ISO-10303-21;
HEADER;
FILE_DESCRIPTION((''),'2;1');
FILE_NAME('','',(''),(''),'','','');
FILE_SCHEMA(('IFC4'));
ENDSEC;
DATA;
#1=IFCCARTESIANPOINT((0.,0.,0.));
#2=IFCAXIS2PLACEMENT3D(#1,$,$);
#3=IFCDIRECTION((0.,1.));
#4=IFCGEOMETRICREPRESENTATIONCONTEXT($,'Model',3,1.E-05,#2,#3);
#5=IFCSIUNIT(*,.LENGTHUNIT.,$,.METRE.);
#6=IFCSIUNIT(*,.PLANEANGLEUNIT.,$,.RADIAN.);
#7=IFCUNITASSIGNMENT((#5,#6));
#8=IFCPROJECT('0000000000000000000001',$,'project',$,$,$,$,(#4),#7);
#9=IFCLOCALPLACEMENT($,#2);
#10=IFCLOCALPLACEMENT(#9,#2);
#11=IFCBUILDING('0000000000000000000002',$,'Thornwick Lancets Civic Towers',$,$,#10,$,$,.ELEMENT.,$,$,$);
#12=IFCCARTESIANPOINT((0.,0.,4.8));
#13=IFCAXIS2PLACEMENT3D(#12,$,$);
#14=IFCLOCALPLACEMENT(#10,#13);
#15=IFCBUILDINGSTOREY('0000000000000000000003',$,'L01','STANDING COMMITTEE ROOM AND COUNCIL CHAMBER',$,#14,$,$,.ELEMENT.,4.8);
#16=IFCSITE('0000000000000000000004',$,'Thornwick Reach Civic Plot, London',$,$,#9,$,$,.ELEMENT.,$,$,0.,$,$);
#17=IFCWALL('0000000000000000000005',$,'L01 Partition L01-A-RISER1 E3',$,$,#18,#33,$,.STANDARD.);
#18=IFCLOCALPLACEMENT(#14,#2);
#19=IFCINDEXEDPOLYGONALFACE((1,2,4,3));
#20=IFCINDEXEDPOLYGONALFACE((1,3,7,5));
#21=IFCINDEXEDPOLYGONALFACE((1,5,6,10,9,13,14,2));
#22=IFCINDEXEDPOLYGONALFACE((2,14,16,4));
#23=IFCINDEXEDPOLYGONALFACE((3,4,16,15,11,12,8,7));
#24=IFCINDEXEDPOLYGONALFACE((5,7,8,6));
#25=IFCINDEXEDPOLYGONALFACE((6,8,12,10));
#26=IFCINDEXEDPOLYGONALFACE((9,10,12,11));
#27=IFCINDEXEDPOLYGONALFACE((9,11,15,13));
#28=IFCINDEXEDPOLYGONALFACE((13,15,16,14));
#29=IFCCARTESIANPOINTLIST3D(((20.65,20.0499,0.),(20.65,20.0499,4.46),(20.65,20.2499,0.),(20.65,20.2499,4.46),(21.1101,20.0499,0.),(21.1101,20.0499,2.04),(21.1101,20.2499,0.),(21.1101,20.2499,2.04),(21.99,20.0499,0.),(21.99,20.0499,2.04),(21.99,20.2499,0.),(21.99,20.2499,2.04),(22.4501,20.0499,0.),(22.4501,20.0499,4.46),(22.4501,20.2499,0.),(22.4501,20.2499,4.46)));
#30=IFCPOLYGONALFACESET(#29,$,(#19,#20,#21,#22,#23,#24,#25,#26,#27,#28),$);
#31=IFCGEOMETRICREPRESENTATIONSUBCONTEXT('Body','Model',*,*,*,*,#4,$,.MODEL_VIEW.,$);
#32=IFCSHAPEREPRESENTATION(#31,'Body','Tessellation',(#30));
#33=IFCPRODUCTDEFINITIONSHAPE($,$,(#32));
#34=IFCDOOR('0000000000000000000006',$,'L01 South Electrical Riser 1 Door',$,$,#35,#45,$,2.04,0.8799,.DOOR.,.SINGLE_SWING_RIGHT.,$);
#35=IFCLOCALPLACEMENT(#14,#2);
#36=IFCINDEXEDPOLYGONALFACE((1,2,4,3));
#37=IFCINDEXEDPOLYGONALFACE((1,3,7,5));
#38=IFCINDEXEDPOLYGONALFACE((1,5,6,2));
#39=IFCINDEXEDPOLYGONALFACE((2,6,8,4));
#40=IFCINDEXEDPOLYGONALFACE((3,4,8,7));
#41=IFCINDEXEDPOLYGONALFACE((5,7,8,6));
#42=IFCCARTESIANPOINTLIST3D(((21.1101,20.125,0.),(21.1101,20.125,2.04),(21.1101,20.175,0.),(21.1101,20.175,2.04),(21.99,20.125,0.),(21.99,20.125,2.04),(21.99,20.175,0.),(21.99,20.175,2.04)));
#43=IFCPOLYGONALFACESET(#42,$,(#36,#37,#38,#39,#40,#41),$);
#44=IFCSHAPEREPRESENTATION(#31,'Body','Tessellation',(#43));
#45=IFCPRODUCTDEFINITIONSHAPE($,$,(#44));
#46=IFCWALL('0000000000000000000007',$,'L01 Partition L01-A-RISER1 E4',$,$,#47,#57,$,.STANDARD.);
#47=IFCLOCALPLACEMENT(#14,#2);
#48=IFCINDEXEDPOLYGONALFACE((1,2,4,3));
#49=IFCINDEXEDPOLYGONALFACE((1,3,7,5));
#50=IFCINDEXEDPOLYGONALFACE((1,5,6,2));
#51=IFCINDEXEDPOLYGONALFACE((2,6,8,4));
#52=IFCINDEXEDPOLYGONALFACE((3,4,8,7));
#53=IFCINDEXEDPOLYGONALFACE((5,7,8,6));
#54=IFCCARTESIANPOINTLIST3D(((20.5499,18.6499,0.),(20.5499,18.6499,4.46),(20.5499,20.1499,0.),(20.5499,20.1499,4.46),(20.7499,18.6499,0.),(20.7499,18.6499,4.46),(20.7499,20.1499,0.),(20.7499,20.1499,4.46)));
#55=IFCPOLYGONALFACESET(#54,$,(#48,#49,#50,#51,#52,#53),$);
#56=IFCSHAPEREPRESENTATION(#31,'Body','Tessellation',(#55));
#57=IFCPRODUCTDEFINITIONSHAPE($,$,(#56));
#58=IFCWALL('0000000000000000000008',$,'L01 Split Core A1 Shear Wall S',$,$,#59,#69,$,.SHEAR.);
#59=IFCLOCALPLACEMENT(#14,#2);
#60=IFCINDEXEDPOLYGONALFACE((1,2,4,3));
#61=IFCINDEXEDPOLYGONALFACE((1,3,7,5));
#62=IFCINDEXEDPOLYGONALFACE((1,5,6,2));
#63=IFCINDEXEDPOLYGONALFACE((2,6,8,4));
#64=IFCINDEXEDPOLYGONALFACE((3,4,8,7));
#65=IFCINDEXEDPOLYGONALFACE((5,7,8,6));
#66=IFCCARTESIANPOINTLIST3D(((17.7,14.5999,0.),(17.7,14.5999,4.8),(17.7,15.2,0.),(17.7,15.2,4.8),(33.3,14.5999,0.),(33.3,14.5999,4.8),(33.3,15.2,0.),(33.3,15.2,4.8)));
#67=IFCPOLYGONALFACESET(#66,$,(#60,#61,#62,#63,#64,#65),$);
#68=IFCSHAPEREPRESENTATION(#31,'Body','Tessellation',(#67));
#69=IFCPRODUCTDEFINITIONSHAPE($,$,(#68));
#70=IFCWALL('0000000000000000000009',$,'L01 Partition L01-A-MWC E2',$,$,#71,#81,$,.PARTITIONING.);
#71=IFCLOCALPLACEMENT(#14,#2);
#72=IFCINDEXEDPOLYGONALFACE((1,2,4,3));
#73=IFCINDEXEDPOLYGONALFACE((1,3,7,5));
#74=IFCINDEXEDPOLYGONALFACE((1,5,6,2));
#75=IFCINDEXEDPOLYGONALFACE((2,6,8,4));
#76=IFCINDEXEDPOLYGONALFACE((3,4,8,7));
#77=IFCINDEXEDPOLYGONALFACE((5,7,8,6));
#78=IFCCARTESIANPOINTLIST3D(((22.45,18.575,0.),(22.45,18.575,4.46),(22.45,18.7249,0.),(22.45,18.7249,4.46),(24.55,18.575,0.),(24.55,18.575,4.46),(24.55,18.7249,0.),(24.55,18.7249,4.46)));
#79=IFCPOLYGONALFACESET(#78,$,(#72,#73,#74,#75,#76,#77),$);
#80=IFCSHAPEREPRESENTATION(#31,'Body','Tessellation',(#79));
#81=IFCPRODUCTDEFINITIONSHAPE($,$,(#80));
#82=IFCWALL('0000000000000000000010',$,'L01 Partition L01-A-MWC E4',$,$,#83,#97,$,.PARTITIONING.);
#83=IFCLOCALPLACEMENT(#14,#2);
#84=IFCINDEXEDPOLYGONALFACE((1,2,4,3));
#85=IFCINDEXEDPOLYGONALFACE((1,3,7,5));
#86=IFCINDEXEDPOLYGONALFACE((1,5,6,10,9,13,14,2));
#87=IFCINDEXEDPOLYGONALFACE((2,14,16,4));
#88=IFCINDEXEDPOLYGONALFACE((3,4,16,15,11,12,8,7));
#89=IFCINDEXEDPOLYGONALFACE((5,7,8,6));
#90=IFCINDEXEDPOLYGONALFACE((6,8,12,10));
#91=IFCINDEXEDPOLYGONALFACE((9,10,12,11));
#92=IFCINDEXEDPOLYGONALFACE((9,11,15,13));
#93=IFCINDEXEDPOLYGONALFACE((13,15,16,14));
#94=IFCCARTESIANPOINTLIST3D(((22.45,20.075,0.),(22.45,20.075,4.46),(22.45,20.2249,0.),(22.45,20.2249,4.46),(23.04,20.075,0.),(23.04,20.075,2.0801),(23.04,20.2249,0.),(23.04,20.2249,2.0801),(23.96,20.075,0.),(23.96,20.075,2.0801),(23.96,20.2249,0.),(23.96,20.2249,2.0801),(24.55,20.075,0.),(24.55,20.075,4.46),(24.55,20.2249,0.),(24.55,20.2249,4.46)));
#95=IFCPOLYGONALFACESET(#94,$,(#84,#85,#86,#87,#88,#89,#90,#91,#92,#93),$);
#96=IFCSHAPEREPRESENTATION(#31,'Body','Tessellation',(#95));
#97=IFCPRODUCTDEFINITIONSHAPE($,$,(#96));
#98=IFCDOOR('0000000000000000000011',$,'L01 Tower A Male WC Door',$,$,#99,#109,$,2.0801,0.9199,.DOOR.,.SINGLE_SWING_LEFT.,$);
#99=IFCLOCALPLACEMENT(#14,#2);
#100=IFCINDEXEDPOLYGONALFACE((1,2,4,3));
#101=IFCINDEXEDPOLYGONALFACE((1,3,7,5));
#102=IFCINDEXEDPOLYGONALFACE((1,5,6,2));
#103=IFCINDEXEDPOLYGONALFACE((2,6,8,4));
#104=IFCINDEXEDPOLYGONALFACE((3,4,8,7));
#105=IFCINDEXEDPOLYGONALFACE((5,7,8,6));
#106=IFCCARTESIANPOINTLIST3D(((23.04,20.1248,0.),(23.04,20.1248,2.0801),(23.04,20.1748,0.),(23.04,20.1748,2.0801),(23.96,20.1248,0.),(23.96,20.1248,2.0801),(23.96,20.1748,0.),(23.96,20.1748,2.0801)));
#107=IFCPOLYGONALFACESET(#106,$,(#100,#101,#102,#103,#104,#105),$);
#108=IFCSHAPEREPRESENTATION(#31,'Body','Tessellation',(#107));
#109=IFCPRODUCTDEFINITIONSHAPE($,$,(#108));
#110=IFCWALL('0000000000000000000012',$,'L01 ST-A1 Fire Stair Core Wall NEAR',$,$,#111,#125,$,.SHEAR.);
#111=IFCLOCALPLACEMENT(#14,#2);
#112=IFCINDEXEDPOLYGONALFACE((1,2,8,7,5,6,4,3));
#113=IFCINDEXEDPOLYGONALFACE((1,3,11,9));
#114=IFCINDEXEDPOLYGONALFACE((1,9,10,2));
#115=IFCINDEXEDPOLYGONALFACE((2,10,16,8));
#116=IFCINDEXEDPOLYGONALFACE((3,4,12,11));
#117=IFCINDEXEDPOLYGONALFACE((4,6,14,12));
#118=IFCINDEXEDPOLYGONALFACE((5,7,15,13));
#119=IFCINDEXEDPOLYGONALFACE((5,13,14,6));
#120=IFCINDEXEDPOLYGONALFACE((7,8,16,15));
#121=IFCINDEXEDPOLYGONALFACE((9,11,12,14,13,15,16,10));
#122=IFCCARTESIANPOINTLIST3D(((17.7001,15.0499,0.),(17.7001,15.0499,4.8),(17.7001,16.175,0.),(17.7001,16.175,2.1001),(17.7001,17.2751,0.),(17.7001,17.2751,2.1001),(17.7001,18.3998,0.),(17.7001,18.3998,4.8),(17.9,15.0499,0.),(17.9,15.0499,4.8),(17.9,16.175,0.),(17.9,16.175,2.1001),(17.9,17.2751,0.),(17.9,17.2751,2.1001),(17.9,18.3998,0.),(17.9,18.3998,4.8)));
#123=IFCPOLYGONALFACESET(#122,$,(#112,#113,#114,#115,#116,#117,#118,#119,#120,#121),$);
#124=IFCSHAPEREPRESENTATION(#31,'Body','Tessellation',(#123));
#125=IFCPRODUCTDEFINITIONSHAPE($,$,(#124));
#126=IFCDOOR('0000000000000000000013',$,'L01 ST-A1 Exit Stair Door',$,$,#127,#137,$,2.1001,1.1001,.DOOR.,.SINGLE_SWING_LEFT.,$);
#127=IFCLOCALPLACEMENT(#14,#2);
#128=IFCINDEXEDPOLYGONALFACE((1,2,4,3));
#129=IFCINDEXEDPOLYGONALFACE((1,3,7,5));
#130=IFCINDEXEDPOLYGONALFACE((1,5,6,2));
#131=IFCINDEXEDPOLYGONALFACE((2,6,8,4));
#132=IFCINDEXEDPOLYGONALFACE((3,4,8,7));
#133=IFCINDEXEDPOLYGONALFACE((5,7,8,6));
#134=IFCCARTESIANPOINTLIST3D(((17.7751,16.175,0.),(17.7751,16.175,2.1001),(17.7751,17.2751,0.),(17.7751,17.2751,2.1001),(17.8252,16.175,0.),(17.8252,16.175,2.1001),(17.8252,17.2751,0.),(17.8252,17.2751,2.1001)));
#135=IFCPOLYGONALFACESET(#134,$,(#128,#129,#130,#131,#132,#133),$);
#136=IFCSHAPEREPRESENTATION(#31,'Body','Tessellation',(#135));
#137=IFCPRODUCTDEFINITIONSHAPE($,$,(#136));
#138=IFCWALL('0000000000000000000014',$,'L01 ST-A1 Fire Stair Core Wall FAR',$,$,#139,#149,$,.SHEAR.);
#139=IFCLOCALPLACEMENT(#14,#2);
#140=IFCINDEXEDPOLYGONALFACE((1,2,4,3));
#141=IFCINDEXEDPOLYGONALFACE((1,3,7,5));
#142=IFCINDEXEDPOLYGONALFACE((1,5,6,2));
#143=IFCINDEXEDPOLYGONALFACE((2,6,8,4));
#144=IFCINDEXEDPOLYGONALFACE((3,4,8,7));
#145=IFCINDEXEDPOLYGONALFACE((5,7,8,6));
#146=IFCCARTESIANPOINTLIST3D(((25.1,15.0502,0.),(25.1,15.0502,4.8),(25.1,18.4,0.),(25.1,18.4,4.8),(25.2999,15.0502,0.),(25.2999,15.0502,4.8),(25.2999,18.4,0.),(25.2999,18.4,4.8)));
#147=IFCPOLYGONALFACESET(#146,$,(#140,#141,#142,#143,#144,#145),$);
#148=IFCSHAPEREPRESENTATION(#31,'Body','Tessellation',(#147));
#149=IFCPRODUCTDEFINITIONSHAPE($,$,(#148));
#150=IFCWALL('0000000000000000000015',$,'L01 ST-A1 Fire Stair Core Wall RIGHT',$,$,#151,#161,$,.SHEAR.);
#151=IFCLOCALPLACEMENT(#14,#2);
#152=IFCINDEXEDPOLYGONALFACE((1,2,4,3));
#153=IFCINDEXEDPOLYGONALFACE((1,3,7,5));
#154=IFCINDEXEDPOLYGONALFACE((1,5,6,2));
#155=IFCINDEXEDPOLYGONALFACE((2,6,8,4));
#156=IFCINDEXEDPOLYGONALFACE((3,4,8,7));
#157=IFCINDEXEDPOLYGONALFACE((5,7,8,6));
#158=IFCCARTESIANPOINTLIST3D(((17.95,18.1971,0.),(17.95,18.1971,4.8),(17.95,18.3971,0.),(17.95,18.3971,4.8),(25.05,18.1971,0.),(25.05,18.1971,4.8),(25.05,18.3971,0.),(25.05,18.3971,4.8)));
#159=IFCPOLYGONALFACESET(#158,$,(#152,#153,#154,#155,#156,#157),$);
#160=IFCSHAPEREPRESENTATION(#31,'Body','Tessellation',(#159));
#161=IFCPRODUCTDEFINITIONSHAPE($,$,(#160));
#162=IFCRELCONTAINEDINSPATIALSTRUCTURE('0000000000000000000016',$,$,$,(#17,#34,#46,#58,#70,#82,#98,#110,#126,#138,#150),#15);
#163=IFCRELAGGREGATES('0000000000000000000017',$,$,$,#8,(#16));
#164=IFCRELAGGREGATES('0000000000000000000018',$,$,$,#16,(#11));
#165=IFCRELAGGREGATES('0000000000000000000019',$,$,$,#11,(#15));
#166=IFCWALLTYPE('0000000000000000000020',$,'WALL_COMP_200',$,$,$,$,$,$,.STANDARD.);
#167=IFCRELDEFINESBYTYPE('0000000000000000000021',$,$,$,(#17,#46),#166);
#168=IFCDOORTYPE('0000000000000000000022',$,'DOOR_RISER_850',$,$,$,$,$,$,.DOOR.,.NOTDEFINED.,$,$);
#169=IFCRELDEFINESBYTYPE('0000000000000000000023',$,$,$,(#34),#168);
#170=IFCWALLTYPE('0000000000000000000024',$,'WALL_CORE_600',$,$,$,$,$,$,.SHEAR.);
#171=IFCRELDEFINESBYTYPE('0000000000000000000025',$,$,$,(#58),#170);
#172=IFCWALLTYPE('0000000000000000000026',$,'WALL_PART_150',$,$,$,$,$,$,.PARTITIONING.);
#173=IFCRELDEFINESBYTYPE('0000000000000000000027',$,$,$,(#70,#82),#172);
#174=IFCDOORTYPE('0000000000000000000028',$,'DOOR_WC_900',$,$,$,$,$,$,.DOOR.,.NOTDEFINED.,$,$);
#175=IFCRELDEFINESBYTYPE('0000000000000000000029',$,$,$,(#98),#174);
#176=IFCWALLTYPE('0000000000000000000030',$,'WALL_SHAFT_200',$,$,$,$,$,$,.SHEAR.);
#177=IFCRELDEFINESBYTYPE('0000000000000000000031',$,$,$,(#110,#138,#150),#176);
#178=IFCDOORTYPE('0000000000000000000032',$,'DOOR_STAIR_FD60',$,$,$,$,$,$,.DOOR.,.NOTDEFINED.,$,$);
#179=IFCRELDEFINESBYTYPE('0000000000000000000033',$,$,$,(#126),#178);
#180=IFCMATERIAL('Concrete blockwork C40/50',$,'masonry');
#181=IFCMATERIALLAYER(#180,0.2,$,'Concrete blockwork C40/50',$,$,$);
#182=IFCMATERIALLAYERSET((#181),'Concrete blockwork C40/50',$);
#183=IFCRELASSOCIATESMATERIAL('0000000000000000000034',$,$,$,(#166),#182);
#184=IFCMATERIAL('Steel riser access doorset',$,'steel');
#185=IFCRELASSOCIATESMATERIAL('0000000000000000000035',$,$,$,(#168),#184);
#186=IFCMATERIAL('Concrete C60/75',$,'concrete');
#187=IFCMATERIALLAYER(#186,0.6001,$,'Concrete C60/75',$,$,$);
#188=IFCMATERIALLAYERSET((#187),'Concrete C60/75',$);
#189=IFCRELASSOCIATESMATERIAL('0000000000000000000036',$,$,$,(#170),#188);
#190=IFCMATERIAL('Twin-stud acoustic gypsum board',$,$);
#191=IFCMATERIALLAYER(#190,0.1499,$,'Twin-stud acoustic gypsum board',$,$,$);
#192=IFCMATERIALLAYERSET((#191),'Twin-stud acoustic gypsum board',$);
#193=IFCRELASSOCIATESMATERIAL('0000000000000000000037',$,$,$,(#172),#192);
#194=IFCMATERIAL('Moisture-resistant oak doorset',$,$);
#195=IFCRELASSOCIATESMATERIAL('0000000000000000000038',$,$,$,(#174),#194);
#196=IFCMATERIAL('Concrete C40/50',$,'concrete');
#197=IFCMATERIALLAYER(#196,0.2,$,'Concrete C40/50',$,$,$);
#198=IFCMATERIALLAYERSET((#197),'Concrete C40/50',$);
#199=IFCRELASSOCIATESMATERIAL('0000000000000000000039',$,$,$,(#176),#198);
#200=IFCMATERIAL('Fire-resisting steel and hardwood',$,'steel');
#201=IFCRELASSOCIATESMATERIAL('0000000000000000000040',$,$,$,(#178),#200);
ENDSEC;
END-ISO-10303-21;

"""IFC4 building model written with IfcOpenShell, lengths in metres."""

from ifc_helpers import new_model, si_unit, direction, frame, frame_2d, origin, place, context, subcontext, project, spatial, rectangle, extrude, material, layer, layer_set, type_object, element, fill, save


model = new_model("IFC4")

# Units and contexts
model_context = context("Model", 3, precision=1e-05, world=origin(), true_north=direction((0.0, 1.0)))
body_context = subcontext(model_context, "Body", "Model", "MODEL_VIEW")
ifc_project = project(units=[si_unit("LENGTHUNIT", "METRE"), si_unit("PLANEANGLEUNIT", "RADIAN")], contexts=[model_context])

# Site, building, storey
site_placement = place(None, origin())
site = spatial("IfcSite", under=ifc_project, at=site_placement, Name="Thornwick Reach Civic Plot, London", CompositionType="ELEMENT", RefElevation=0.0)
building_placement = place(site_placement, origin())
building = spatial("IfcBuilding", under=site, at=building_placement, Name="Thornwick Lancets Civic Towers", CompositionType="ELEMENT")
storey_placement = place(building_placement, frame((0.0, 0.0, 4.8)))
storey = spatial("IfcBuildingStorey", under=building, at=storey_placement, Name="L01", Description="STANDING COMMITTEE ROOM AND COUNCIL CHAMBER", CompositionType="ELEMENT", Elevation=4.8)

# Shared definitions
ifc_material_1 = material(Name="Concrete C60/75", Category="concrete")

# Shared definitions
ifc_material_2 = material(Name="Concrete C40/50", Category="concrete")

# Shared definitions
ifc_material_3 = material(Name="Concrete blockwork C40/50", Category="masonry")
ifc_layer_1 = layer(ifc_material_3, 0.2, Name="Concrete blockwork C40/50")
ifc_layer_set_1 = layer_set([ifc_layer_1], Name="Concrete blockwork C40/50")
wall_type_1 = type_object("IfcWallType", Name="WALL_COMP_200", PredefinedType="STANDARD", material=ifc_layer_set_1)

# Wall, opening, door
wall_1_placement = place(storey_placement, frame((22.45, 20.1499, 0.0), z_axis=(0.0, 0.0, 1.0), x_axis=(-1.0, 0.0, 0.0)))
wall_1 = element("IfcWall", 1, at=wall_1_placement, inside=storey, type_object=wall_type_1, Name="L01 Partition L01-A-RISER1 E3", PredefinedType="STANDARD", context=body_context, shape_type="SweptSolid", body=[
    extrude(rectangle(XDim=1.8, YDim=0.2, at=frame_2d((0.8999, 0.0))), origin(), (0.0, 0.0, 1.0), 4.46),
])
opening_1_placement = place(wall_1_placement, frame((0.46, 0.0, 0.0)))
opening_1 = element("IfcOpeningElement", 2, at=opening_1_placement, cuts=wall_1, PredefinedType="OPENING", context=body_context, shape_type="SweptSolid", body=[
    extrude(rectangle(XDim=0.8799, YDim=2.04, at=frame_2d((0.4399, 1.02))), frame((0.0, 0.1099, 0.0), z_axis=(0.0, -1.0, 0.0), x_axis=(1.0, 0.0, 0.0)), (0.0, 0.0, 1.0), 0.22),
])
ifc_material_4 = material(Name="Steel riser access doorset", Category="steel")
door_type_1 = type_object("IfcDoorType", Name="DOOR_RISER_850", OperationType="NOTDEFINED", PredefinedType="DOOR", material=ifc_material_4)
door_1_placement = place(opening_1_placement, origin())
door_1 = element("IfcDoor", 3, at=door_1_placement, inside=storey, type_object=door_type_1, Name="L01 South Electrical Riser 1 Door", OperationType="SINGLE_SWING_RIGHT", OverallHeight=2.04, OverallWidth=0.8799, PredefinedType="DOOR", context=body_context, shape_type="SweptSolid", body=[
    extrude(rectangle(XDim=0.8799, YDim=2.04, at=frame_2d((0.4399, 1.02))), frame((0.0, 0.0249, 0.0), z_axis=(0.0, -1.0, 0.0), x_axis=(1.0, 0.0, 0.0)), (0.0, 0.0, 1.0), 0.05),
])
fill(opening_1, door_1)

# Walls
wall_2_placement = place(storey_placement, frame((20.6499, 20.1499, 0.0), z_axis=(0.0, 0.0, 1.0), x_axis=(0.0, -1.0, 0.0)))
element("IfcWall", 4, at=wall_2_placement, inside=storey, type_object=wall_type_1, Name="L01 Partition L01-A-RISER1 E4", PredefinedType="STANDARD", context=body_context, shape_type="SweptSolid", body=[
    extrude(rectangle(XDim=1.5, YDim=0.2, at=frame_2d((0.75, 0.0))), origin(), (0.0, 0.0, 1.0), 4.46),
])
ifc_layer_2 = layer(ifc_material_1, 0.6001, Name="Concrete C60/75")
ifc_layer_set_2 = layer_set([ifc_layer_2], Name="Concrete C60/75")
wall_type_2 = type_object("IfcWallType", Name="WALL_CORE_600", PredefinedType="SHEAR", material=ifc_layer_set_2)
wall_3_placement = place(storey_placement, frame((17.7, 14.8999, 0.0), z_axis=(0.0, 0.0, 1.0), x_axis=(1.0, 0.0, 0.0)))
element("IfcWall", 5, at=wall_3_placement, inside=storey, type_object=wall_type_2, Name="L01 Split Core A1 Shear Wall S", PredefinedType="SHEAR", context=body_context, shape_type="SweptSolid", body=[
    extrude(rectangle(XDim=15.6001, YDim=0.6001, at=frame_2d((7.8, 0.0))), origin(), (0.0, 0.0, 1.0), 4.8),
])
ifc_material_5 = material(Name="Twin-stud acoustic gypsum board")
ifc_layer_3 = layer(ifc_material_5, 0.1499, Name="Twin-stud acoustic gypsum board")
ifc_layer_set_3 = layer_set([ifc_layer_3], Name="Twin-stud acoustic gypsum board")
wall_type_3 = type_object("IfcWallType", Name="WALL_PART_150", PredefinedType="PARTITIONING", material=ifc_layer_set_3)
wall_4_placement = place(storey_placement, frame((24.55, 18.6499, 0.0), z_axis=(0.0, 0.0, 1.0), x_axis=(-1.0, 0.0, 0.0)))
element("IfcWall", 6, at=wall_4_placement, inside=storey, type_object=wall_type_3, Name="L01 Partition L01-A-MWC E2", PredefinedType="PARTITIONING", context=body_context, shape_type="SweptSolid", body=[
    extrude(rectangle(XDim=2.1001, YDim=0.1499, at=frame_2d((1.05, 0.0))), origin(), (0.0, 0.0, 1.0), 4.46),
])

# Walls, openings, doors
wall_5_placement = place(storey_placement, frame((22.45, 20.1499, 0.0), z_axis=(0.0, 0.0, 1.0), x_axis=(1.0, 0.0, 0.0)))
wall_5 = element("IfcWall", 7, at=wall_5_placement, inside=storey, type_object=wall_type_3, Name="L01 Partition L01-A-MWC E4", PredefinedType="PARTITIONING", context=body_context, shape_type="SweptSolid", body=[
    extrude(rectangle(XDim=2.1001, YDim=0.1499, at=frame_2d((1.05, 0.0))), origin(), (0.0, 0.0, 1.0), 4.46),
])
opening_2_placement = place(wall_5_placement, frame((0.5901, 0.0, 0.0)))
opening_2 = element("IfcOpeningElement", 8, at=opening_2_placement, cuts=wall_5, PredefinedType="OPENING", context=body_context, shape_type="SweptSolid", body=[
    extrude(rectangle(XDim=0.9199, YDim=2.0801, at=frame_2d((0.46, 1.04))), frame((0.0, 0.085, 0.0), z_axis=(0.0, -1.0, 0.0), x_axis=(1.0, 0.0, 0.0)), (0.0, 0.0, 1.0), 0.1699),
])
ifc_material_6 = material(Name="Moisture-resistant oak doorset")
door_type_2 = type_object("IfcDoorType", Name="DOOR_WC_900", OperationType="NOTDEFINED", PredefinedType="DOOR", material=ifc_material_6)
door_2_placement = place(opening_2_placement, origin())
door_2 = element("IfcDoor", 9, at=door_2_placement, inside=storey, type_object=door_type_2, Name="L01 Tower A Male WC Door", OperationType="SINGLE_SWING_LEFT", OverallHeight=2.0801, OverallWidth=0.9199, PredefinedType="DOOR", context=body_context, shape_type="SweptSolid", body=[
    extrude(rectangle(XDim=0.9199, YDim=2.0801, at=frame_2d((0.46, 1.04))), frame((0.0, 0.0249, 0.0), z_axis=(0.0, -1.0, 0.0), x_axis=(1.0, 0.0, 0.0)), (0.0, 0.0, 1.0), 0.05),
])
fill(opening_2, door_2)
ifc_layer_4 = layer(ifc_material_2, 0.2, Name="Concrete C40/50")
ifc_layer_set_4 = layer_set([ifc_layer_4], Name="Concrete C40/50")
wall_type_4 = type_object("IfcWallType", Name="WALL_SHAFT_200", PredefinedType="SHEAR", material=ifc_layer_set_4)
wall_6_placement = place(storey_placement, frame((17.8, 15.05, 0.0), z_axis=(0.0, 0.0, 1.0), x_axis=(0.0, 1.0, 0.0)))
wall_6 = element("IfcWall", 10, at=wall_6_placement, inside=storey, type_object=wall_type_4, Name="L01 ST-A1 Fire Stair Core Wall NEAR", PredefinedType="SHEAR", context=body_context, shape_type="SweptSolid", body=[
    extrude(rectangle(XDim=3.3499, YDim=0.2, at=frame_2d((1.6748, 0.0))), origin(), (0.0, 0.0, 1.0), 4.8),
])
opening_3_placement = place(wall_6_placement, frame((1.125, 0.0, 0.0)))
opening_3 = element("IfcOpeningElement", 11, at=opening_3_placement, cuts=wall_6, PredefinedType="OPENING", context=body_context, shape_type="SweptSolid", body=[
    extrude(rectangle(XDim=1.1001, YDim=2.1001, at=frame_2d((0.55, 1.05))), frame((0.0, 0.1099, 0.0), z_axis=(0.0, -1.0, 0.0), x_axis=(1.0, 0.0, 0.0)), (0.0, 0.0, 1.0), 0.22),
])
ifc_material_7 = material(Name="Fire-resisting steel and hardwood", Category="steel")
door_type_3 = type_object("IfcDoorType", Name="DOOR_STAIR_FD60", OperationType="NOTDEFINED", PredefinedType="DOOR", material=ifc_material_7)
door_3_placement = place(opening_3_placement, origin())
door_3 = element("IfcDoor", 12, at=door_3_placement, inside=storey, type_object=door_type_3, Name="L01 ST-A1 Exit Stair Door", OperationType="SINGLE_SWING_LEFT", OverallHeight=2.1001, OverallWidth=1.1001, PredefinedType="DOOR", context=body_context, shape_type="SweptSolid", body=[
    extrude(rectangle(XDim=1.1001, YDim=2.1001, at=frame_2d((0.55, 1.05))), frame((0.0, 0.0249, 0.0), z_axis=(0.0, -1.0, 0.0), x_axis=(1.0, 0.0, 0.0)), (0.0, 0.0, 1.0), 0.05),
])
fill(opening_3, door_3)

# Walls
wall_7_placement = place(storey_placement, frame((25.2, 18.3999, 0.0), z_axis=(0.0, 0.0, 1.0), x_axis=(0.0, -1.0, 0.0)))
element("IfcWall", 13, at=wall_7_placement, inside=storey, type_object=wall_type_4, Name="L01 ST-A1 Fire Stair Core Wall FAR", PredefinedType="SHEAR", context=body_context, shape_type="SweptSolid", body=[
    extrude(rectangle(XDim=3.3499, YDim=0.2, at=frame_2d((1.6748, 0.0))), origin(), (0.0, 0.0, 1.0), 4.8),
])
wall_8_placement = place(storey_placement, frame((25.05, 18.2971, 0.0), z_axis=(0.0, 0.0, 1.0), x_axis=(-1.0, 0.0, 0.0)))
element("IfcWall", 14, at=wall_8_placement, inside=storey, type_object=wall_type_4, Name="L01 ST-A1 Fire Stair Core Wall RIGHT", PredefinedType="SHEAR", context=body_context, shape_type="SweptSolid", body=[
    extrude(rectangle(XDim=7.1001, YDim=0.2, at=frame_2d((3.55, 0.0))), origin(), (0.0, 0.0, 1.0), 4.8),
])

save(model, "model.ifc")
